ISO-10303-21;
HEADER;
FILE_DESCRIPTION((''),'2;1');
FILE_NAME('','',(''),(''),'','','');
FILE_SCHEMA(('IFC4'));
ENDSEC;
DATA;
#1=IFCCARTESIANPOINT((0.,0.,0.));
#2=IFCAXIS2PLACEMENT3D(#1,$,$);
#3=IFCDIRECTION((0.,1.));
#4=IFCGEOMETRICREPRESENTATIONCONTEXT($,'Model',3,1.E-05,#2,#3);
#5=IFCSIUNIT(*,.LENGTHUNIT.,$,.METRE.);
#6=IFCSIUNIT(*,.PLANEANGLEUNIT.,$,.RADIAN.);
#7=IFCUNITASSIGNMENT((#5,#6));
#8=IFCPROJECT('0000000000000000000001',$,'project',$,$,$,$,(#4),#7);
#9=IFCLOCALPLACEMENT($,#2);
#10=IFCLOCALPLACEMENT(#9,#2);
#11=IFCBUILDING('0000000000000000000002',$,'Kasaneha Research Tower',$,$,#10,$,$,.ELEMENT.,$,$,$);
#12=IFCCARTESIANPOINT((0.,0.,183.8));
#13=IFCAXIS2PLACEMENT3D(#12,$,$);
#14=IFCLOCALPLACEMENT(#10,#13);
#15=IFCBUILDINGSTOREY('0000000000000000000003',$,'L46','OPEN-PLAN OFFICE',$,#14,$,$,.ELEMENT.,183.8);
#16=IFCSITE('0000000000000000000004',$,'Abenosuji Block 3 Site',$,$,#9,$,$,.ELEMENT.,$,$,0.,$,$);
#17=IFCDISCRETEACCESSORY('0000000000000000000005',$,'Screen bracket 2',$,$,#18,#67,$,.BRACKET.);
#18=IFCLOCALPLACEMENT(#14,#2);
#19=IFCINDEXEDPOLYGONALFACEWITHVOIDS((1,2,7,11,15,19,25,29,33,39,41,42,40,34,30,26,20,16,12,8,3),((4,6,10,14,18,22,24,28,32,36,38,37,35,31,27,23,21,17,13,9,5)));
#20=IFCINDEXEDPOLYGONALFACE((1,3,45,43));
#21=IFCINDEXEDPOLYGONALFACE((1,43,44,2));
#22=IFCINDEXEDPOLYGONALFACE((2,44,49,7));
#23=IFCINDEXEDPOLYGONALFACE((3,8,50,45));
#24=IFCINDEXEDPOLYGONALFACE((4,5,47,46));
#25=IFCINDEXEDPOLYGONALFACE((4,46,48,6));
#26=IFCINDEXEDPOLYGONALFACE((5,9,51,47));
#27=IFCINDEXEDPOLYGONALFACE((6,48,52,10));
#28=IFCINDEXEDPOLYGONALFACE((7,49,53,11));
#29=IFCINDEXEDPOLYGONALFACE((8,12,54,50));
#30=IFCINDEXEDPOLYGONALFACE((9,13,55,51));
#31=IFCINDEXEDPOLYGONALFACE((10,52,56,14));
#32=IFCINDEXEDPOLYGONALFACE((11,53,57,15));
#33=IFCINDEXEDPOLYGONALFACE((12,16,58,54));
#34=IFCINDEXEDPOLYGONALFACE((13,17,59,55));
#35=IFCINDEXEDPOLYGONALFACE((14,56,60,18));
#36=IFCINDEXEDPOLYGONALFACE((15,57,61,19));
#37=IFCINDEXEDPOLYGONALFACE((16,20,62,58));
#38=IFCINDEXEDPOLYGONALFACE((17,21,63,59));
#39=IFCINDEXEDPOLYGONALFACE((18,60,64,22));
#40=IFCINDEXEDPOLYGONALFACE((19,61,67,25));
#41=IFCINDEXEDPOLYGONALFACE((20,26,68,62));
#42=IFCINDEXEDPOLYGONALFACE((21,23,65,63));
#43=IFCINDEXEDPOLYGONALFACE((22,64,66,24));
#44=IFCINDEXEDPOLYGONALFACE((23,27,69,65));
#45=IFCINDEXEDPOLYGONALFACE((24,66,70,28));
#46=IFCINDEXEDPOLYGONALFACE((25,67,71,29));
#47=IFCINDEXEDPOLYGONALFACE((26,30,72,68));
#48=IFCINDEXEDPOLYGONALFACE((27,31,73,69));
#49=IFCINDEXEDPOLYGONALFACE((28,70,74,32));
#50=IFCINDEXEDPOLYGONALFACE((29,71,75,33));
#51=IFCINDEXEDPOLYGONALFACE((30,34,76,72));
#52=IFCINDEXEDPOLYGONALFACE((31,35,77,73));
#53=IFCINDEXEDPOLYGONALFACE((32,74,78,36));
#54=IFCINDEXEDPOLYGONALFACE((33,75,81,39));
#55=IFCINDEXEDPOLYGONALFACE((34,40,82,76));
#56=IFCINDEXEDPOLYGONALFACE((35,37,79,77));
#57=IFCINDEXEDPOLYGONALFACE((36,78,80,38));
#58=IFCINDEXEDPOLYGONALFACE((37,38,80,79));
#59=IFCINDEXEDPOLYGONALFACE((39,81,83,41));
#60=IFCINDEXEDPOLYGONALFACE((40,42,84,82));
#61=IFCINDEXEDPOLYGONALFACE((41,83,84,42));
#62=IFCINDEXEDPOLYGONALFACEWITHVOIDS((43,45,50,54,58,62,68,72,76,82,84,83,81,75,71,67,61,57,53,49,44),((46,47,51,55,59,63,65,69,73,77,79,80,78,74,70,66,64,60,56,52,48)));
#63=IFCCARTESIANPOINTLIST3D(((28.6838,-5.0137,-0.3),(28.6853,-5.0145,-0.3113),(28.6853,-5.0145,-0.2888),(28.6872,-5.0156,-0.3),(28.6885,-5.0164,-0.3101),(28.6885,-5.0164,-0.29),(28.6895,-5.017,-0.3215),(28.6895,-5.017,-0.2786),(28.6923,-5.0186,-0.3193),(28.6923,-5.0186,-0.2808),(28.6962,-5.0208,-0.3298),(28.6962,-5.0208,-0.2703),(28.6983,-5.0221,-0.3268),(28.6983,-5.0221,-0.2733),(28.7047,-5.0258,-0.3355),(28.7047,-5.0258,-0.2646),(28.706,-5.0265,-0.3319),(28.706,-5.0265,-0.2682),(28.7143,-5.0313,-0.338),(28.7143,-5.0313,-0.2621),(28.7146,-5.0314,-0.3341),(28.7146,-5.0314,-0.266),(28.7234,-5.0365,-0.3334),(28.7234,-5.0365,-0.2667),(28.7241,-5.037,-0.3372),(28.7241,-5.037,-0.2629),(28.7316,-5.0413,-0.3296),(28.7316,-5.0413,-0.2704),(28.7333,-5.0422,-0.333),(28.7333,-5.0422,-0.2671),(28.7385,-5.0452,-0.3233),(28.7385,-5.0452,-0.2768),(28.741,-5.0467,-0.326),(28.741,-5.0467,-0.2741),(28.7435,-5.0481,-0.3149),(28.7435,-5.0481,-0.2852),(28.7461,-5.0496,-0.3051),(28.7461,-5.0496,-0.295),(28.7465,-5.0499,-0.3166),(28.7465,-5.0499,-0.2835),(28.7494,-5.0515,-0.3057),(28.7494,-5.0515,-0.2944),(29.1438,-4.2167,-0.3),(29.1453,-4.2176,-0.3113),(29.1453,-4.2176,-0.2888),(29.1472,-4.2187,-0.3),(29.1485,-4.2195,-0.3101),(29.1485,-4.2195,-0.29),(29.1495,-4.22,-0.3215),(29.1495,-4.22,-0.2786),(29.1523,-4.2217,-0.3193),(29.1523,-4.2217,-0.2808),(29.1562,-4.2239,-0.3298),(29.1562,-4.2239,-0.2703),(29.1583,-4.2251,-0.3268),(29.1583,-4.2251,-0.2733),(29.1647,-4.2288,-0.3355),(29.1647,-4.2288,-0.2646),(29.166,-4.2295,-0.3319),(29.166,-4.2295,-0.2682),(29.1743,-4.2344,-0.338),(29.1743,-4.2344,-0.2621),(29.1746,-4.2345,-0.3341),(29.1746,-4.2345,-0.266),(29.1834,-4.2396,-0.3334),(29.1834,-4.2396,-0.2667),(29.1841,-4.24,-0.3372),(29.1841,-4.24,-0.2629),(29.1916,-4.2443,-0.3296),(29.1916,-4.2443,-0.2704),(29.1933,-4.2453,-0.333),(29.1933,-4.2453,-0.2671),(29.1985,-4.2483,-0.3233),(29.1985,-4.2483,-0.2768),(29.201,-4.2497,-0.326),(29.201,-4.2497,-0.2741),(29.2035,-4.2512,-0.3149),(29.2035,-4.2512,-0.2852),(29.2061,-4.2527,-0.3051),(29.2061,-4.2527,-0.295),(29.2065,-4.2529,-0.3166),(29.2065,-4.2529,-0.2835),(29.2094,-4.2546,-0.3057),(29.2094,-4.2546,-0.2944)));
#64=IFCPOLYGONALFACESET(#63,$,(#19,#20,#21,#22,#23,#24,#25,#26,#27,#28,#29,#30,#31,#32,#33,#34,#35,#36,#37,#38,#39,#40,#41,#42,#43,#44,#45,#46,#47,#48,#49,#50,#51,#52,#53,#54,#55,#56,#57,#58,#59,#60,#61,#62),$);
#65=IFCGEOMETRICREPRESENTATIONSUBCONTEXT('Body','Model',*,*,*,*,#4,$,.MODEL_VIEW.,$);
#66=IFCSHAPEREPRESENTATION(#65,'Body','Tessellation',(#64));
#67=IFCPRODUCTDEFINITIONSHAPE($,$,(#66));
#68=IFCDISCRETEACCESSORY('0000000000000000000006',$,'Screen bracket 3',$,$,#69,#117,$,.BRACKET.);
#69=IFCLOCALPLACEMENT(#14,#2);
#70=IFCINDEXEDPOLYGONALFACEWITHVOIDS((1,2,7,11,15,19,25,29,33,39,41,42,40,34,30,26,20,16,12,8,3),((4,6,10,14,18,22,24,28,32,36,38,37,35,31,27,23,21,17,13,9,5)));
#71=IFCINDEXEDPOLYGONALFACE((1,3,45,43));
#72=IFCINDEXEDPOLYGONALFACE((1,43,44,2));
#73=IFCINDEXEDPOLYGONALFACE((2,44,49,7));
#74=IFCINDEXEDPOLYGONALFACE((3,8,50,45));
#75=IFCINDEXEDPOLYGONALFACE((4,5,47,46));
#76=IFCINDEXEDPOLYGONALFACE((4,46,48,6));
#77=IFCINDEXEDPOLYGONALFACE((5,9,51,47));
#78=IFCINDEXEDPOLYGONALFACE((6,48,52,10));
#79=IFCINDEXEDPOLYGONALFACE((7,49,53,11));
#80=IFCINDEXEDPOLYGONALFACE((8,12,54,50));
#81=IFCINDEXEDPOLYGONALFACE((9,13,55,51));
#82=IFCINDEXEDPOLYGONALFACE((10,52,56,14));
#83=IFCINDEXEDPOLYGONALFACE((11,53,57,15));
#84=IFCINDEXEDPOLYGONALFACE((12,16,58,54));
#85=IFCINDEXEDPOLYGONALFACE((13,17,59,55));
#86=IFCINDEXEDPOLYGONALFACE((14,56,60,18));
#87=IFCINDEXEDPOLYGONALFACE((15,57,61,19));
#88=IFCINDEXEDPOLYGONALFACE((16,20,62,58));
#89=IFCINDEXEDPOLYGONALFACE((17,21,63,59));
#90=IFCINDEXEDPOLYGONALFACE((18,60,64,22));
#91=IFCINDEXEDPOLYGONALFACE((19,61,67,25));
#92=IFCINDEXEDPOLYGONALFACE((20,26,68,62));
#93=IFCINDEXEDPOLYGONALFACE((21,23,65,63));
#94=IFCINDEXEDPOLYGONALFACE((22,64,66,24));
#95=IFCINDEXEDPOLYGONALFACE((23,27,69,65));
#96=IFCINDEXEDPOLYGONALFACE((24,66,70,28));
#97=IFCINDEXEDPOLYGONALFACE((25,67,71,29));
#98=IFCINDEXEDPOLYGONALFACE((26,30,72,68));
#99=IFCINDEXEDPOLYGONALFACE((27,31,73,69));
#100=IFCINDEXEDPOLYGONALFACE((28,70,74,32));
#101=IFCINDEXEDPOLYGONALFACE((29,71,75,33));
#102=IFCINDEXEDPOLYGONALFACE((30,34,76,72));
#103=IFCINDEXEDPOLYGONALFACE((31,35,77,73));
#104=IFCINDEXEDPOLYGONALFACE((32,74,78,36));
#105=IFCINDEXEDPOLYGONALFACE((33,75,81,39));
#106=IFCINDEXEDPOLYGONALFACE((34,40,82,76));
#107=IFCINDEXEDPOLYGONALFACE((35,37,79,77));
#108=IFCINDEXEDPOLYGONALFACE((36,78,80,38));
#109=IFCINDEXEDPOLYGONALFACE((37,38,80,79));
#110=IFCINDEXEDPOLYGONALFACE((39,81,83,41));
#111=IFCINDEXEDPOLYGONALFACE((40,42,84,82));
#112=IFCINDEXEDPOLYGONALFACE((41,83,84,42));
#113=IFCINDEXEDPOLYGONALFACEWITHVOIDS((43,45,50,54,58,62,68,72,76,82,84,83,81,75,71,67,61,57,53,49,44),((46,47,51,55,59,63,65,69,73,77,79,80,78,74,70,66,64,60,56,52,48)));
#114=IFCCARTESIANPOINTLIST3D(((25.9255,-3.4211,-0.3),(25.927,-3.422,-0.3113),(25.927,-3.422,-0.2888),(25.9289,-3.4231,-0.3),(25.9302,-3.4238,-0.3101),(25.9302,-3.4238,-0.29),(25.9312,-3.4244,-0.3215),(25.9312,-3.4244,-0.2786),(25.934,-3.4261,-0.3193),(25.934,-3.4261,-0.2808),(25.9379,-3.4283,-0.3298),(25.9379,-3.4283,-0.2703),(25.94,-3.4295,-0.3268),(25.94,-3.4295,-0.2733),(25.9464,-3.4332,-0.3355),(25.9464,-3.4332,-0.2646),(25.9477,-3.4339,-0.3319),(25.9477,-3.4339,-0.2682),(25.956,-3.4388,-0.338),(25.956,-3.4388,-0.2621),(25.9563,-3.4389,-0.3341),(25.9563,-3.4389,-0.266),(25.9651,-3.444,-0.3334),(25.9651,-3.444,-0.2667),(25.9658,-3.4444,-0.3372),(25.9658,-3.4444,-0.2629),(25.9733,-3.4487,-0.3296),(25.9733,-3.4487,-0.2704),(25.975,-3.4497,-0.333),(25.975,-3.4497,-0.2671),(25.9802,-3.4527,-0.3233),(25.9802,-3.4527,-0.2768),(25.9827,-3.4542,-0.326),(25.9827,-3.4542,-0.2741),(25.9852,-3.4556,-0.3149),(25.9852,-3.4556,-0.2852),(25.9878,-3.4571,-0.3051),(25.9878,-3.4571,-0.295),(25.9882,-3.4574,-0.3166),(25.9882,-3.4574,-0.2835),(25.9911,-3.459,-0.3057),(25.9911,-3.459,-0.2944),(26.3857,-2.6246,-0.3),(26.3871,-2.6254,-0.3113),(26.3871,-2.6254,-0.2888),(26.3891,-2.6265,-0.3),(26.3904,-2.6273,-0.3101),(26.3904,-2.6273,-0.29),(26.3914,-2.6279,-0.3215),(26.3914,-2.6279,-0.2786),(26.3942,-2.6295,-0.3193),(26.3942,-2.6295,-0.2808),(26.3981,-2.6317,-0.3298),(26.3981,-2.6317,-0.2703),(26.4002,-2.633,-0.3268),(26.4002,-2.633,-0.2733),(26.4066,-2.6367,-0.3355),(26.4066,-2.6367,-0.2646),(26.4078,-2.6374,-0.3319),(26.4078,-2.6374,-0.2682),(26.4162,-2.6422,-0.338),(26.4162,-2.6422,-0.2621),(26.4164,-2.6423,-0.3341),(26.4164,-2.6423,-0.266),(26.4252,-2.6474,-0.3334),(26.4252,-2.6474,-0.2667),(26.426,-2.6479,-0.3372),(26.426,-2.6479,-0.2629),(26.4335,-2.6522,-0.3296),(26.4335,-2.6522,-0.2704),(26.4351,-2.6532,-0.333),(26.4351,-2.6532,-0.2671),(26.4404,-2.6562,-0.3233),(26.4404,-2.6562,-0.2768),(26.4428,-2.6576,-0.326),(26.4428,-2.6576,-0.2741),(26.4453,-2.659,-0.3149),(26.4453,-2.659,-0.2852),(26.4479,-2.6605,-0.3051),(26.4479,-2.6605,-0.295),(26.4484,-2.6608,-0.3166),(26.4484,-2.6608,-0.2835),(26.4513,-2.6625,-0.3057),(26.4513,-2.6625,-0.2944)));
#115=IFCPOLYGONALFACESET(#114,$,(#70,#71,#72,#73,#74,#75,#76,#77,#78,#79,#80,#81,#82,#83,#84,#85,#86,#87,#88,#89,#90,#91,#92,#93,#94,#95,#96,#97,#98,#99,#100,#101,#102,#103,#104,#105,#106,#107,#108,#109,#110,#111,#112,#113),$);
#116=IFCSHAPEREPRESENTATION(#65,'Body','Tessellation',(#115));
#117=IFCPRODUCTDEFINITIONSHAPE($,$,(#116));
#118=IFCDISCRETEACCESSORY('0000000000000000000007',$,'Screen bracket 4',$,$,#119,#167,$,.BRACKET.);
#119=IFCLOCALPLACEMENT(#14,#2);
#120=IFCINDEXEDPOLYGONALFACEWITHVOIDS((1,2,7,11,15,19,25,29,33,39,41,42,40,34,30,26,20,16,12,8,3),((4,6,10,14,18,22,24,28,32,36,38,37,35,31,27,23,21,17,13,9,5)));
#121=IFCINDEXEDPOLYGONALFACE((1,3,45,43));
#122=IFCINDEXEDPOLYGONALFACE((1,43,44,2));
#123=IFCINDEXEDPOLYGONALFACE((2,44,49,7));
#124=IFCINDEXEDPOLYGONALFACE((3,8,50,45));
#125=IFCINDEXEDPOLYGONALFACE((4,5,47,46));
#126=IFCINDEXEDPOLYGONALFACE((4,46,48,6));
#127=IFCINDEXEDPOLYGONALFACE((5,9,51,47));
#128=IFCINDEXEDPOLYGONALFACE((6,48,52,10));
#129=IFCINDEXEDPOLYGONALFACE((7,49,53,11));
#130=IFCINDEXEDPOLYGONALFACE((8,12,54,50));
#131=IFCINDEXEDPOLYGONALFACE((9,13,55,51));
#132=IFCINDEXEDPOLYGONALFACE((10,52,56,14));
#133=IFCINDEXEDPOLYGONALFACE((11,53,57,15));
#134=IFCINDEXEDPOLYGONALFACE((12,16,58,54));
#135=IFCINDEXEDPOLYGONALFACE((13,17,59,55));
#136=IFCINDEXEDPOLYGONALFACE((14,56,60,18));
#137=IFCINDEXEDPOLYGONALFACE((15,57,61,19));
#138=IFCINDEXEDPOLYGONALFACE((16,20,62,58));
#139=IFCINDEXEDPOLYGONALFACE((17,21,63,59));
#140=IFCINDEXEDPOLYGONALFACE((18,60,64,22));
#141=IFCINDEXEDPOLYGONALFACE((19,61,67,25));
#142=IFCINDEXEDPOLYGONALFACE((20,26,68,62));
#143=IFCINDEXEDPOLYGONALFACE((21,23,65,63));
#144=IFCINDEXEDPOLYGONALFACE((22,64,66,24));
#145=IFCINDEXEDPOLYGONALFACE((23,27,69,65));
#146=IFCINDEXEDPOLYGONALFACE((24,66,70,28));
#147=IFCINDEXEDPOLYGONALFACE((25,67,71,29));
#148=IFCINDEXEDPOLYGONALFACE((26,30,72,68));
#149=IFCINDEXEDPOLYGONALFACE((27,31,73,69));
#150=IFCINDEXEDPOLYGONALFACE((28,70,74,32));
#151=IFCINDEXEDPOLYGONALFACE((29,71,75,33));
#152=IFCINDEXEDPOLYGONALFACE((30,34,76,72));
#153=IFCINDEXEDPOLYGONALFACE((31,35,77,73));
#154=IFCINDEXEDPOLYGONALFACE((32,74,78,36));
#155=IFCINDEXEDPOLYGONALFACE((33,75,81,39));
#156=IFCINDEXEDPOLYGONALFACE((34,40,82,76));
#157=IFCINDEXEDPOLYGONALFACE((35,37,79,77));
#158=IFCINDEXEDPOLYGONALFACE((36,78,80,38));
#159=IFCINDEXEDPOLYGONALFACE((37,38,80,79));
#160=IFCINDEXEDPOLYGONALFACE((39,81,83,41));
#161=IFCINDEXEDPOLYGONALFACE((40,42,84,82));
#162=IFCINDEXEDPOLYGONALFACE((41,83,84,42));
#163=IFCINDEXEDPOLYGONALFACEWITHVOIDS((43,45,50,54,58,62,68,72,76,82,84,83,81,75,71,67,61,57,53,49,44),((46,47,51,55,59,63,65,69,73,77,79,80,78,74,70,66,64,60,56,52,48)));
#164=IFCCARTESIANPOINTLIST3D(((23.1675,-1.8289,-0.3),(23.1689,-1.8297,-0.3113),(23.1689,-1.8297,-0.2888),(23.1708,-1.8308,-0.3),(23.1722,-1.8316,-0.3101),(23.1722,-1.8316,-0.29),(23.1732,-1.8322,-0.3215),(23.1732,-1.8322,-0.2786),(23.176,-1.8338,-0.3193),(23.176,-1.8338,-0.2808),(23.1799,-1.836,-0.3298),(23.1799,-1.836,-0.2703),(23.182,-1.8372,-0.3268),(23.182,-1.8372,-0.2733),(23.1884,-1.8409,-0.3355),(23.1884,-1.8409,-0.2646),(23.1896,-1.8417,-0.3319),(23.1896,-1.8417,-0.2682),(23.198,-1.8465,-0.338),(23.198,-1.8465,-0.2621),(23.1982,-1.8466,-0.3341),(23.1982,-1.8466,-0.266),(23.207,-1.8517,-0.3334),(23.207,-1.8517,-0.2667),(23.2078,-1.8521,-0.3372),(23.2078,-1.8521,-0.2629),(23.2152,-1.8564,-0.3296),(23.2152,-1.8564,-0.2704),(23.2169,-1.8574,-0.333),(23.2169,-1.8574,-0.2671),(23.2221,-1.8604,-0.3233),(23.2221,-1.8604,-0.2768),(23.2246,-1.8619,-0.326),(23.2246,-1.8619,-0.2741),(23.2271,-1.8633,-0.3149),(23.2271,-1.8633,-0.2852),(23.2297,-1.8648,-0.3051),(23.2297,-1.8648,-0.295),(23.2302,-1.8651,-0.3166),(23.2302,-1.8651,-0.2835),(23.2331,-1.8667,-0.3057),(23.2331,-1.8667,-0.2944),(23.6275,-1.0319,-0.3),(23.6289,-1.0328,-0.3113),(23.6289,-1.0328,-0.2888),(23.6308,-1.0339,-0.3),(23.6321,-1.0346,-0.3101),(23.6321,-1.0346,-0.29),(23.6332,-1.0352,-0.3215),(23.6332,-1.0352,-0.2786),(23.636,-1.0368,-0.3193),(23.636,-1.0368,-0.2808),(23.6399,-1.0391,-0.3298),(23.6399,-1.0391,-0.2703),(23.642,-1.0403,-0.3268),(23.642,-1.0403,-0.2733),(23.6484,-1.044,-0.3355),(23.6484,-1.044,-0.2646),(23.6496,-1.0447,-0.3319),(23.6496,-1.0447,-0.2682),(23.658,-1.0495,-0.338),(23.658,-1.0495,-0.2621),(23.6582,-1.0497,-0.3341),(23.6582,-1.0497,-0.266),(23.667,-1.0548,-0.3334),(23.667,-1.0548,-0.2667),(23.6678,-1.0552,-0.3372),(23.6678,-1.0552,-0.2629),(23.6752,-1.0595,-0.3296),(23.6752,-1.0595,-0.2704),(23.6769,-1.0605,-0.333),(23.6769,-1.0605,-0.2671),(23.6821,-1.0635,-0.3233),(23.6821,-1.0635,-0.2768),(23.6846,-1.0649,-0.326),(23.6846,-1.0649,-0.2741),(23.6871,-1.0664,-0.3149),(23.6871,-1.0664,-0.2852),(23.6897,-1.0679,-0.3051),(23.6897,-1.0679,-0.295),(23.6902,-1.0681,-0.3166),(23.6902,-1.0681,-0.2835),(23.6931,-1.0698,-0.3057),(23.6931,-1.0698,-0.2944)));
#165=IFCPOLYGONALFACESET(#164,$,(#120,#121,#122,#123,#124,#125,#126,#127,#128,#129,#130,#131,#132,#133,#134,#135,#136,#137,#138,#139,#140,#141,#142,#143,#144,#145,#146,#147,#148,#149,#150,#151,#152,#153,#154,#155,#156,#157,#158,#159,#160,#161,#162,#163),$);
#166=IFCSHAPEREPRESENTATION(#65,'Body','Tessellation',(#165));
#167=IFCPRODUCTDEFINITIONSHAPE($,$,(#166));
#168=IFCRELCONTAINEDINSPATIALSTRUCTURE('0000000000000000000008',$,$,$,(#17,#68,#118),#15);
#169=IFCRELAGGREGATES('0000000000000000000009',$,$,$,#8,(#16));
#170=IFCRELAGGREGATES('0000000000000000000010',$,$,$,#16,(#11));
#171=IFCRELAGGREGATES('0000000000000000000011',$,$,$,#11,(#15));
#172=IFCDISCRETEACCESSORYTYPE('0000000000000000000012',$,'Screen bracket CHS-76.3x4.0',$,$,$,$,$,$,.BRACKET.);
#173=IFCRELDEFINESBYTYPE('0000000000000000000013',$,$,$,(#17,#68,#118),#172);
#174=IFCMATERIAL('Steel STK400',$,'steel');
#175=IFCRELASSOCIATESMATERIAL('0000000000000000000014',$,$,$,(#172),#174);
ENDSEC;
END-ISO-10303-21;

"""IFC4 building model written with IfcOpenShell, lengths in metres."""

from ifc_helpers import new_model, si_unit, direction, frame, origin, origin_2d, place, context, subcontext, project, spatial, hollow_circle, extrude, material, material_profile, profile_set, type_object, element, save


model = new_model("IFC4")

# Units and contexts
model_context = context("Model", 3, precision=1e-05, world=origin(), true_north=direction((0.0, 1.0)))
body_context = subcontext(model_context, "Body", "Model", "MODEL_VIEW")
ifc_project = project(units=[si_unit("LENGTHUNIT", "METRE"), si_unit("PLANEANGLEUNIT", "RADIAN")], contexts=[model_context])

# Site, building, storey
site_placement = place(None, origin())
site = spatial("IfcSite", under=ifc_project, at=site_placement, Name="Abenosuji Block 3 Site", CompositionType="ELEMENT", RefElevation=0.0)
building_placement = place(site_placement, origin())
building = spatial("IfcBuilding", under=site, at=building_placement, Name="Kasaneha Research Tower", CompositionType="ELEMENT")
storey_placement = place(building_placement, frame((0.0, 0.0, 183.8)))
storey = spatial("IfcBuildingStorey", under=building, at=storey_placement, Name="L46", Description="OPEN-PLAN OFFICE", CompositionType="ELEMENT", Elevation=183.8)

# Discrete accessories
ifc_material_1 = material(Name="Steel STK400", Category="steel")
ifc_material_profile_1 = material_profile(ifc_material_1, hollow_circle(Radius=0.0381, WallThickness=0.0039, at=origin_2d()), Name="CHS-76.3x4.0")
ifc_profile_set_1 = profile_set([ifc_material_profile_1], Name="Steel STK400")
discrete_accessory_type = type_object("IfcDiscreteAccessoryType", Name="Screen bracket CHS-76.3x4.0", PredefinedType="BRACKET", material=ifc_profile_set_1)
discrete_accessory_1_placement = place(storey_placement, frame((28.7168, -5.0327, -0.3), z_axis=(0.499906, 0.86608, 0.0), x_axis=(-0.86608, 0.499906, 0.0)))
element("IfcDiscreteAccessory", 1, at=discrete_accessory_1_placement, inside=storey, type_object=discrete_accessory_type, Name="Screen bracket 2", PredefinedType="BRACKET", context=body_context, shape_type="SweptSolid", body=[
    extrude(hollow_circle(Radius=0.0381, WallThickness=0.0039, at=origin_2d()), origin(), (0.0, 0.0, 1.0), 0.9202),
])
discrete_accessory_2_placement = place(storey_placement, frame((25.9585, -3.4402, -0.3), z_axis=(0.50022, 0.865898, 0.0), x_axis=(-0.865898, 0.50022, 0.0)))
element("IfcDiscreteAccessory", 2, at=discrete_accessory_2_placement, inside=storey, type_object=discrete_accessory_type, Name="Screen bracket 3", PredefinedType="BRACKET", context=body_context, shape_type="SweptSolid", body=[
    extrude(hollow_circle(Radius=0.0381, WallThickness=0.0039, at=origin_2d()), origin(), (0.0, 0.0, 1.0), 0.9199),
])
discrete_accessory_3_placement = place(storey_placement, frame((23.2004, -1.8479, -0.3), z_axis=(0.499906, 0.86608, 0.0), x_axis=(-0.86608, 0.499906, 0.0)))
element("IfcDiscreteAccessory", 3, at=discrete_accessory_3_placement, inside=storey, type_object=discrete_accessory_type, Name="Screen bracket 4", PredefinedType="BRACKET", context=body_context, shape_type="SweptSolid", body=[
    extrude(hollow_circle(Radius=0.0381, WallThickness=0.0039, at=origin_2d()), origin(), (0.0, 0.0, 1.0), 0.9202),
])

save(model, "model.ifc")
